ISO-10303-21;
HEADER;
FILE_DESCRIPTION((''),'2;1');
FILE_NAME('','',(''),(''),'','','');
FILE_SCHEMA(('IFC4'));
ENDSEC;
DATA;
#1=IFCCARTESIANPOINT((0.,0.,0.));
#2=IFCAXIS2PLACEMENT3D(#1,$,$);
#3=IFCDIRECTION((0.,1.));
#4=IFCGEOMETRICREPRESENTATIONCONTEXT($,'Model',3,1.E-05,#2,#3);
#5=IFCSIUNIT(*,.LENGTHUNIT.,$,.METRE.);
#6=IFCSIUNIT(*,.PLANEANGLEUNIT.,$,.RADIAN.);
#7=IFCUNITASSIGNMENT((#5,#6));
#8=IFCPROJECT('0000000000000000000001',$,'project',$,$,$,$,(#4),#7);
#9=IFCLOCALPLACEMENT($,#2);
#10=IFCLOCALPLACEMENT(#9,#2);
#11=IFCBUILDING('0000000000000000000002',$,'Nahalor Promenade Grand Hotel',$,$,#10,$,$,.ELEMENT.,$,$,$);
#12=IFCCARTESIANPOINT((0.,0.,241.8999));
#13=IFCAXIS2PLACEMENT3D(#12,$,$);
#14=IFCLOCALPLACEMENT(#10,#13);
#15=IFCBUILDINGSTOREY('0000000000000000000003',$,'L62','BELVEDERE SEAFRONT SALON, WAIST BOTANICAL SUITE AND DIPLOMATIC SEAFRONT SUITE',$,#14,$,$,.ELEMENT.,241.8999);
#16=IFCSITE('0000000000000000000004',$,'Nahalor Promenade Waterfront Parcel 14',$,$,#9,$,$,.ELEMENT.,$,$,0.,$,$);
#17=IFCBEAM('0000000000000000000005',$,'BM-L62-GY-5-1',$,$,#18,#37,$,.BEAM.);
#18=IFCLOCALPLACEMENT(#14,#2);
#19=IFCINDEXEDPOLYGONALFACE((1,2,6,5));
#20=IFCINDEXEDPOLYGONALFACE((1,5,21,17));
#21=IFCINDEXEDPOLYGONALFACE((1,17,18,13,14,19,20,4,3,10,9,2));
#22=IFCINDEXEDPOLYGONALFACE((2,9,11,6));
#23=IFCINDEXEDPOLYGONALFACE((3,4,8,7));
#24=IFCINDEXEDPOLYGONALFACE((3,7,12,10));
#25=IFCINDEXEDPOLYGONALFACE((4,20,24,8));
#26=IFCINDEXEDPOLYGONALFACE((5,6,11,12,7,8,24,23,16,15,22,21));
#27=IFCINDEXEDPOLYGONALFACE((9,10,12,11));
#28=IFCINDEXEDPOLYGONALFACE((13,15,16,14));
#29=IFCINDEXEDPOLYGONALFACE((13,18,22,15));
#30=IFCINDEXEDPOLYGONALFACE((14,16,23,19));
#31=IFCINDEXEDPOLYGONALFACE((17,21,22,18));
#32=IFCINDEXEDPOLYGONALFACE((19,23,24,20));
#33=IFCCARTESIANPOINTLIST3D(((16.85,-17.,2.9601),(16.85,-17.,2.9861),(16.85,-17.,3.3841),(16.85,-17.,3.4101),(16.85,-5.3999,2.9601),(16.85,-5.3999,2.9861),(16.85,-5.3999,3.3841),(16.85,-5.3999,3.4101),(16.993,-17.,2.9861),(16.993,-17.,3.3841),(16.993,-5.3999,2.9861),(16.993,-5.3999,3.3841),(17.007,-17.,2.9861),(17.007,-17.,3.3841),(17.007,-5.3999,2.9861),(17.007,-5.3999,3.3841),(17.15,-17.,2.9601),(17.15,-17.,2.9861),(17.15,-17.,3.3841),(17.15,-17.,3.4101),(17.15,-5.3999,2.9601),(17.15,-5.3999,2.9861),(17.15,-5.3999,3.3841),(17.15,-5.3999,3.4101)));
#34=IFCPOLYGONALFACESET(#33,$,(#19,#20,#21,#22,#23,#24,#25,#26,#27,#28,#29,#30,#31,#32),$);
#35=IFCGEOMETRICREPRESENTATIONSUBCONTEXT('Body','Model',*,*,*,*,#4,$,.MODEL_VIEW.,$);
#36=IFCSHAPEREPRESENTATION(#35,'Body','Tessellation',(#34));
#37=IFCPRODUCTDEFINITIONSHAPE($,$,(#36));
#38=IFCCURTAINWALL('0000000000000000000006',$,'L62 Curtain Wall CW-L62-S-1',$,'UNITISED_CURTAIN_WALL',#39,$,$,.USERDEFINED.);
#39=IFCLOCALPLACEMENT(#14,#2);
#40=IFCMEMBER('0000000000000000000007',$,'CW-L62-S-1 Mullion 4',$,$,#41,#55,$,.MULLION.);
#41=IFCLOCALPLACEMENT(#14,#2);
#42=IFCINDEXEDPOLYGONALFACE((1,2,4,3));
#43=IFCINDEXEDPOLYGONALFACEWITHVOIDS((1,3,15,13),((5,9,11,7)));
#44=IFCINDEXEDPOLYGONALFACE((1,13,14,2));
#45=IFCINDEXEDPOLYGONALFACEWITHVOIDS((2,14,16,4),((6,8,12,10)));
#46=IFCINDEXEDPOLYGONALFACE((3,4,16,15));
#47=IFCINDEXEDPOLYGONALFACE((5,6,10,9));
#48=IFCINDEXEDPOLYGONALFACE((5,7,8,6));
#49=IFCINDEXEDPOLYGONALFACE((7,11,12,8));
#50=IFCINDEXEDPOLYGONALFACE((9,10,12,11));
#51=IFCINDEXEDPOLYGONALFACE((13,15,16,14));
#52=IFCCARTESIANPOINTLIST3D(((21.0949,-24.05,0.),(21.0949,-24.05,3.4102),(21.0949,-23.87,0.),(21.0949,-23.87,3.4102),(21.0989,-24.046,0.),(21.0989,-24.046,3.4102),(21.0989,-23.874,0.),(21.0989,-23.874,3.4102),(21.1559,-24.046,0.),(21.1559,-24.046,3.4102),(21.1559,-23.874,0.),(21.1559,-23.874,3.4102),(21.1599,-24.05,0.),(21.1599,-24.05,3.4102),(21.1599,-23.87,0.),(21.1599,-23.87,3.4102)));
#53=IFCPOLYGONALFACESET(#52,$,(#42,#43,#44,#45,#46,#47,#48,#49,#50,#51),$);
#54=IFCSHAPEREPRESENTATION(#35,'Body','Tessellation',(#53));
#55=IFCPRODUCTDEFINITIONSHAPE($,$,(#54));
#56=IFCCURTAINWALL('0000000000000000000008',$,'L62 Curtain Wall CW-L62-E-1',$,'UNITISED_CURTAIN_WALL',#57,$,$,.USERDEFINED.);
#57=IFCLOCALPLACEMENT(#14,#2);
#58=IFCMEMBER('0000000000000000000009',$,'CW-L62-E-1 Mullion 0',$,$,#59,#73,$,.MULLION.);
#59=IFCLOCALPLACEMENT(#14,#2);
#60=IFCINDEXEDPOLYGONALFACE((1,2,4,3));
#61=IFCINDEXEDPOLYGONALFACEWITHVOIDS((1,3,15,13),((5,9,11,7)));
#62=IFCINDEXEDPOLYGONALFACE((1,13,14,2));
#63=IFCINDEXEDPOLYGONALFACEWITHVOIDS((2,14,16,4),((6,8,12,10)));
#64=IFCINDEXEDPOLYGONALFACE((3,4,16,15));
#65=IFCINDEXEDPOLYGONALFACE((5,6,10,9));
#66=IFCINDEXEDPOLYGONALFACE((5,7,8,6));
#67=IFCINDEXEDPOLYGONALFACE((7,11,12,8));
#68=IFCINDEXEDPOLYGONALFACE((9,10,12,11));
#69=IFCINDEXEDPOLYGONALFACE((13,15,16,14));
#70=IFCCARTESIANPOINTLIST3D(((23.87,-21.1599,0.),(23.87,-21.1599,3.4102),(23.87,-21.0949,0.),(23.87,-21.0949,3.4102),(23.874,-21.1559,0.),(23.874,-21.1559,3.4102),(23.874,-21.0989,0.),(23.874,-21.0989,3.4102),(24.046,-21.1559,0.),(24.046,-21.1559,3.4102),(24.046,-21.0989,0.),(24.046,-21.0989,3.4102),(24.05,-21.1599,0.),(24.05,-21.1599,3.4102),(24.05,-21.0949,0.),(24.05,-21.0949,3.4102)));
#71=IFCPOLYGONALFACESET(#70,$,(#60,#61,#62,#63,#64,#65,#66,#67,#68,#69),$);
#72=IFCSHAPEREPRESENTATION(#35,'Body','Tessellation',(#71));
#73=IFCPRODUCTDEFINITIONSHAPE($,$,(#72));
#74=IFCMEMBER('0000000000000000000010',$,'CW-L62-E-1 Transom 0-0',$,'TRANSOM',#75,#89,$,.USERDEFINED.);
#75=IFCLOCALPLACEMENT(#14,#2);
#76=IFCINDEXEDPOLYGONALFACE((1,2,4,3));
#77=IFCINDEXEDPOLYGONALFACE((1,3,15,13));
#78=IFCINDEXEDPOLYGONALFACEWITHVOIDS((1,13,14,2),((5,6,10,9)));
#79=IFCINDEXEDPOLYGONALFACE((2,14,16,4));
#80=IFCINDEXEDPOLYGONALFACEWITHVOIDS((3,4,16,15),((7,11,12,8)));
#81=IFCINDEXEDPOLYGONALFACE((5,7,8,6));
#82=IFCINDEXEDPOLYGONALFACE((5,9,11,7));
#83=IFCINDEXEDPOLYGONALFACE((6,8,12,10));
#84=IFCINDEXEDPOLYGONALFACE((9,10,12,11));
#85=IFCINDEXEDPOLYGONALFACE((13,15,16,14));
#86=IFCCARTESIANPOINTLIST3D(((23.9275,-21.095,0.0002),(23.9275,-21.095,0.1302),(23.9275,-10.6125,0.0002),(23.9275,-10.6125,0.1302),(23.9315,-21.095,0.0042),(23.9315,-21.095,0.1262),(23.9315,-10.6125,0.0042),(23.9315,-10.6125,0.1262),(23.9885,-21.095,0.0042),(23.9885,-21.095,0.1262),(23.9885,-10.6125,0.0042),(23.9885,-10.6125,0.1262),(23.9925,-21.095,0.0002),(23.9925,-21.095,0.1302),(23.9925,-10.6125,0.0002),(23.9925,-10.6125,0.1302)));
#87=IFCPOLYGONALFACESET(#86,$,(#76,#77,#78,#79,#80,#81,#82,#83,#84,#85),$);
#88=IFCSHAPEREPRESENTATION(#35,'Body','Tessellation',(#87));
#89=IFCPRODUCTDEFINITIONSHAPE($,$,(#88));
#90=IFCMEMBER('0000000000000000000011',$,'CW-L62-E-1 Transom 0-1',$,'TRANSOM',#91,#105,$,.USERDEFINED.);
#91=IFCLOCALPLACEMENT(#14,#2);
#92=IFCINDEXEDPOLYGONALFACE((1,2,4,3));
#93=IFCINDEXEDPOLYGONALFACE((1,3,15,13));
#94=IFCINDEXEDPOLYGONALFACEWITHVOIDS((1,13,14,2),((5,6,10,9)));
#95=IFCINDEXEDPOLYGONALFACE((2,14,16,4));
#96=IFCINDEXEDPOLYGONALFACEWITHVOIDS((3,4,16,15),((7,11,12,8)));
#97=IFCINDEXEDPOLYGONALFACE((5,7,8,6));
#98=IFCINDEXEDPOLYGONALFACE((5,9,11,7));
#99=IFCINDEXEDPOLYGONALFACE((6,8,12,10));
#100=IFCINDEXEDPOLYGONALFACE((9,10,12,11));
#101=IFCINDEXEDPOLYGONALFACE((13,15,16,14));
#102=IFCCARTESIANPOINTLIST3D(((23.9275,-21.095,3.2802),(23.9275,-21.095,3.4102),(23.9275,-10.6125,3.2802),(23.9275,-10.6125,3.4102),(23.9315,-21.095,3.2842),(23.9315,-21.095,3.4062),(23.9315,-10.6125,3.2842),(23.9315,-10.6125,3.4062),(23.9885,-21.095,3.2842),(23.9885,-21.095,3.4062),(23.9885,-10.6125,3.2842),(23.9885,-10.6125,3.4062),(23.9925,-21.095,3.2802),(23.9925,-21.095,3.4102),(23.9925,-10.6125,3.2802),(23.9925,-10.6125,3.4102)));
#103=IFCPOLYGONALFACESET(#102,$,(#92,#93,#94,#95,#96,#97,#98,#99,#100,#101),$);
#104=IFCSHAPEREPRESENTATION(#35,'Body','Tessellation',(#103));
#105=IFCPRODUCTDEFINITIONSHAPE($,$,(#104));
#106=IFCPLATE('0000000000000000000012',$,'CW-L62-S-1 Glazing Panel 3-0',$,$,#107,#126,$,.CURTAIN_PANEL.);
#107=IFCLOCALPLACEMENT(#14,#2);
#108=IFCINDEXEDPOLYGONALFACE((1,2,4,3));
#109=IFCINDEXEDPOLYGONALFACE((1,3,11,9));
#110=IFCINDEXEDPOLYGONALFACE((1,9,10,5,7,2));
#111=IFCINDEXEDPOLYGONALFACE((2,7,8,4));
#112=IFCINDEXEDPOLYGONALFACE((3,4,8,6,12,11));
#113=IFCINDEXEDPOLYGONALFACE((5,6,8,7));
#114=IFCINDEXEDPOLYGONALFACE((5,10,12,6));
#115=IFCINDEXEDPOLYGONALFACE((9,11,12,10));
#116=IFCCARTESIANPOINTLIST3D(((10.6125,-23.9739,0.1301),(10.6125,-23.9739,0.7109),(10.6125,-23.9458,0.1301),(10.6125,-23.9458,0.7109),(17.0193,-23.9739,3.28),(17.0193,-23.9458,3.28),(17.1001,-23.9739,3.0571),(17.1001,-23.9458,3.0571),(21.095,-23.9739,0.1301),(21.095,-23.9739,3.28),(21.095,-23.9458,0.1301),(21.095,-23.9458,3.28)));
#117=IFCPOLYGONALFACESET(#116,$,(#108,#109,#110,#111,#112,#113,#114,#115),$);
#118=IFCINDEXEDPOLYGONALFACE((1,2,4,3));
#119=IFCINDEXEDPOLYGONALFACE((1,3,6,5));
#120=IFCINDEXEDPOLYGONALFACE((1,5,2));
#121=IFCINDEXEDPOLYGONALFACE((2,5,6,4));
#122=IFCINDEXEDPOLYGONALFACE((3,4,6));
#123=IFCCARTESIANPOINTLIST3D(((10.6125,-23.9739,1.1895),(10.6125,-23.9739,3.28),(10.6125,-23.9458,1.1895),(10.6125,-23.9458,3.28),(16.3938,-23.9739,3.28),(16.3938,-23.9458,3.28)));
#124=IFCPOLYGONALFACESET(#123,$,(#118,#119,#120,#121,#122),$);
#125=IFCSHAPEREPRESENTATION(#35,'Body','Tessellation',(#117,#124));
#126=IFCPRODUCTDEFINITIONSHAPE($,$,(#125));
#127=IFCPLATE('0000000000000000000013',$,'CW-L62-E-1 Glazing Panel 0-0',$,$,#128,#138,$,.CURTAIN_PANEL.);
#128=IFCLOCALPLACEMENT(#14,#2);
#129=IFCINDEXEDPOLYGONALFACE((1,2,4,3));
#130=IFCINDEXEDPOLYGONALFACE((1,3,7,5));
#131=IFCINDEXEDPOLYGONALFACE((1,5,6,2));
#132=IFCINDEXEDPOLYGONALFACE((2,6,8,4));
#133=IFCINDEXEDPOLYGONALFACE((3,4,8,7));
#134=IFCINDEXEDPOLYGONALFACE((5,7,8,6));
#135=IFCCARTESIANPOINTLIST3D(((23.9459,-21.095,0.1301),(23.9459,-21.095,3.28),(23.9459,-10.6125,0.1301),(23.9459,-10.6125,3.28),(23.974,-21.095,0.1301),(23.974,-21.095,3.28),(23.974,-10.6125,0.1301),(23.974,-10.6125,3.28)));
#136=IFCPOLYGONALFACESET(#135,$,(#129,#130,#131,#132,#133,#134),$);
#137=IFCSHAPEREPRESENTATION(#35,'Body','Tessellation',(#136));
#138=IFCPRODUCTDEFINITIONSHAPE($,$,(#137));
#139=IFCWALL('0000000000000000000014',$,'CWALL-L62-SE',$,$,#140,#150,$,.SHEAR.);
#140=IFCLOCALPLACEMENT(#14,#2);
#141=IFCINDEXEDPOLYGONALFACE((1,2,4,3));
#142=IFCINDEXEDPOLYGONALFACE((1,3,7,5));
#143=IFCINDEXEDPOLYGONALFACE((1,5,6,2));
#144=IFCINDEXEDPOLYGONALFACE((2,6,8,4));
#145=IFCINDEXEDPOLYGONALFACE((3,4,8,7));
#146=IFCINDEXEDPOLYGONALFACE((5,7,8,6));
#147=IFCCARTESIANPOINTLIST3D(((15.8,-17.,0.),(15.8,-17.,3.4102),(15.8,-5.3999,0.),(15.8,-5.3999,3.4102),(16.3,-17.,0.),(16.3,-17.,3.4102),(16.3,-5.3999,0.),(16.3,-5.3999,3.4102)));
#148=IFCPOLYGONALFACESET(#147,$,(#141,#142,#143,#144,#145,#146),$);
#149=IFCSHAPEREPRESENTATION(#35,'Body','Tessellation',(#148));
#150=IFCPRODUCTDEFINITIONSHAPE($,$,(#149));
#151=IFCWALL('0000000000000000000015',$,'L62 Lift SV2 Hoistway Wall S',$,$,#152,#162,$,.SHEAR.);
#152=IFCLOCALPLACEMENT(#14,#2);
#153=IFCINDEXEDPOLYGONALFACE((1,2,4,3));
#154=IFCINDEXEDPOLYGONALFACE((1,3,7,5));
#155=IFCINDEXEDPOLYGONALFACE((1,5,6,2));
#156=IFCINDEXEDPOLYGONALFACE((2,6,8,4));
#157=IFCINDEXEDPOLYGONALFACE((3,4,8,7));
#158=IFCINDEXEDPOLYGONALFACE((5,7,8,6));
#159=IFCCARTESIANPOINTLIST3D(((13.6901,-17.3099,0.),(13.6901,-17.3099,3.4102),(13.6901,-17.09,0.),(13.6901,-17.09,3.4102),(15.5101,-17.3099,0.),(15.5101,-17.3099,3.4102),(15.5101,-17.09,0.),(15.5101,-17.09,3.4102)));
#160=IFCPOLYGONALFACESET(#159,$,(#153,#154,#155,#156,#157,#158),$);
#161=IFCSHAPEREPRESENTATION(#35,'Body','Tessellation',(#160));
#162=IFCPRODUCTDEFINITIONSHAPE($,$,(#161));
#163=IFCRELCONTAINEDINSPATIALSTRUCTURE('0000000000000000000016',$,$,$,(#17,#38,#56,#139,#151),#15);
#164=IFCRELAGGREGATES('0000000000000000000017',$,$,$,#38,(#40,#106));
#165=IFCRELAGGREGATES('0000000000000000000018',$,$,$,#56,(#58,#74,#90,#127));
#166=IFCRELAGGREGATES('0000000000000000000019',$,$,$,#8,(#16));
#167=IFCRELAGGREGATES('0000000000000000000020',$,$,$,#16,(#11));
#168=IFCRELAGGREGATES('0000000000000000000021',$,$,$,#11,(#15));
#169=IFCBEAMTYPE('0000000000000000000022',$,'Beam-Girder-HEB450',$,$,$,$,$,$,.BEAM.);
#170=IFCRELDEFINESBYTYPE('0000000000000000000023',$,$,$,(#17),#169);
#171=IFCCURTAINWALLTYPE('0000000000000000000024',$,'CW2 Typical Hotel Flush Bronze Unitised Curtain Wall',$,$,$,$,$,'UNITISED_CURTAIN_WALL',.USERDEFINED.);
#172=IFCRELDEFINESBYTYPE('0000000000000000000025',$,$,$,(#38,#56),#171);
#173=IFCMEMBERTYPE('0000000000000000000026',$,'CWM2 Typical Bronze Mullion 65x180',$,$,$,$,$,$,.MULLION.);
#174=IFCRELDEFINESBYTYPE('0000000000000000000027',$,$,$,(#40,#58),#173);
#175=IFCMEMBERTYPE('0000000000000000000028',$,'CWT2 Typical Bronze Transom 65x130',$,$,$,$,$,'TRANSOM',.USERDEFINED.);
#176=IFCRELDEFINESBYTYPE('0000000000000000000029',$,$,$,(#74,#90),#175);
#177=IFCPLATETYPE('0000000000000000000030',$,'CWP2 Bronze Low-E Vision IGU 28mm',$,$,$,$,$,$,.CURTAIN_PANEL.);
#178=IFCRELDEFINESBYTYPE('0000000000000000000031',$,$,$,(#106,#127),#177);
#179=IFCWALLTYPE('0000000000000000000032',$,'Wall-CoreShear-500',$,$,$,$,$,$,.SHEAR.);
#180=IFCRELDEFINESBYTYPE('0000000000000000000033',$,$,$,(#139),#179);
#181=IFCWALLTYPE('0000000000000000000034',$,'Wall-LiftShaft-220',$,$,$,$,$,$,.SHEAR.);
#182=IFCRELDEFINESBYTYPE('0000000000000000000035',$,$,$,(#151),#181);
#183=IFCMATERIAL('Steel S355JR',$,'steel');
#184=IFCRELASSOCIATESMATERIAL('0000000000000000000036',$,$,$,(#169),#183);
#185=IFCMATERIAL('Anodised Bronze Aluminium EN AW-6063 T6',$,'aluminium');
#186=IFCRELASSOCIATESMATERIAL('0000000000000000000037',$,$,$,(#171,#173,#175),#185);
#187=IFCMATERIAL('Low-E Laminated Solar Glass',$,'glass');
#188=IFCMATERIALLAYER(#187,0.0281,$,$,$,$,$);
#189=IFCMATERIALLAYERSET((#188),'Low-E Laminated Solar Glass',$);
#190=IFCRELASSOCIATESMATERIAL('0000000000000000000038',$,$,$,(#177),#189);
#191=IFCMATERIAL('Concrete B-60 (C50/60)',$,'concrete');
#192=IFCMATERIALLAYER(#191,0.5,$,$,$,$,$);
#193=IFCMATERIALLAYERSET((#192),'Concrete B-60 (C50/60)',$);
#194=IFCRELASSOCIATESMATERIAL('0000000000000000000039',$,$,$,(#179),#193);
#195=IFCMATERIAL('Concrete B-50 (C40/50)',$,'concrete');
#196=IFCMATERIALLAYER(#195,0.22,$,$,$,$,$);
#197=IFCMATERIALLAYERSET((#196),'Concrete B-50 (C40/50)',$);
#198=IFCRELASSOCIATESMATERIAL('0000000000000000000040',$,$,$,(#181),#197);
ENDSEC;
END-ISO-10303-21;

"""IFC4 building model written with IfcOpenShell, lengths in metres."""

from ifc_helpers import new_model, si_unit, direction, frame, frame_2d, origin, origin_2d, place, context, subcontext, project, spatial, polyline, rectangle, hollow_rectangle, i_section, outline, extrude, source, transform, mapped, material, layer, layer_set, material_profile, profile_set, type_object, element, aggregate, save


model = new_model("IFC4")

# Units and contexts
model_context = context("Model", 3, precision=1e-05, world=origin(), true_north=direction((0.0, 1.0)))
body_context = subcontext(model_context, "Body", "Model", "MODEL_VIEW")
ifc_project = project(units=[si_unit("LENGTHUNIT", "METRE"), si_unit("PLANEANGLEUNIT", "RADIAN")], contexts=[model_context])

# Site, building, storey
site_placement = place(None, origin())
site = spatial("IfcSite", under=ifc_project, at=site_placement, Name="Nahalor Promenade Waterfront Parcel 14", CompositionType="ELEMENT", RefElevation=0.0)
building_placement = place(site_placement, origin())
building = spatial("IfcBuilding", under=site, at=building_placement, Name="Nahalor Promenade Grand Hotel", CompositionType="ELEMENT")
storey_placement = place(building_placement, frame((0.0, 0.0, 241.8999)))
storey = spatial("IfcBuildingStorey", under=building, at=storey_placement, Name="L62", Description="BELVEDERE SEAFRONT SALON, WAIST BOTANICAL SUITE AND DIPLOMATIC SEAFRONT SUITE", CompositionType="ELEMENT", Elevation=241.8999)

# Shared definitions
ifc_material_1 = material(Name="Concrete B-60 (C50/60)", Category="concrete")
ifc_material_2 = material(Name="Steel S355JR", Category="steel")

# Beam
ifc_material_profile_1 = material_profile(ifc_material_2, i_section(OverallWidth=0.3, OverallDepth=0.45, WebThickness=0.014, FlangeThickness=0.026, at=origin_2d()), Name="HEB 450")
ifc_profile_set_1 = profile_set([ifc_material_profile_1], Name="Steel S355JR")
beam_type_1 = type_object("IfcBeamType", Name="Beam-Girder-HEB450", PredefinedType="BEAM", material=ifc_profile_set_1)
shared_shape_1 = source(origin(), body_context, "Body", "SweptSolid", [
    extrude(i_section(OverallWidth=0.3, OverallDepth=0.45, WebThickness=0.014, FlangeThickness=0.026, at=origin_2d()), origin(), (0.0, 0.0, 1.0), 11.6001),
])
beam_1_placement = place(storey_placement, frame((17.0, -17.0, 3.1851), z_axis=(0.0, 1.0, 0.0), x_axis=(-1.0, 0.0, 0.0)))
element("IfcBeam", 1, at=beam_1_placement, inside=storey, type_object=beam_type_1, Name="BM-L62-GY-5-1", PredefinedType="BEAM", context=body_context, shape_type="MappedRepresentation", body=[
    mapped(shared_shape_1, transform((0.0, 0.0, 0.0), scale=1.0)),
])

# Curtain wall, member
ifc_material_3 = material(Name="Anodised Bronze Aluminium EN AW-6063 T6", Category="aluminium")
curtain_wall_type = type_object("IfcCurtainWallType", Name="CW2 Typical Hotel Flush Bronze Unitised Curtain Wall", ElementType="UNITISED_CURTAIN_WALL", PredefinedType="USERDEFINED", material=ifc_material_3)
curtain_wall_1_placement = place(storey_placement, origin())
curtain_wall_1 = element("IfcCurtainWall", 2, at=curtain_wall_1_placement, inside=storey, type_object=curtain_wall_type, Name="L62 Curtain Wall CW-L62-S-1", ObjectType="UNITISED_CURTAIN_WALL", PredefinedType="USERDEFINED")
ifc_material_profile_2 = material_profile(ifc_material_3, hollow_rectangle(XDim=0.065, YDim=0.18, WallThickness=0.004, at=origin_2d()), Name="CWM 65x180x4")
ifc_profile_set_2 = profile_set([ifc_material_profile_2], Name="Anodised Bronze Aluminium EN AW-6063 T6")
member_type_1 = type_object("IfcMemberType", Name="CWM2 Typical Bronze Mullion 65x180", PredefinedType="MULLION", material=ifc_profile_set_2)
shared_shape_2 = source(origin(), body_context, "Body", "SweptSolid", [
    extrude(hollow_rectangle(XDim=0.065, YDim=0.18, WallThickness=0.004, at=origin_2d()), origin(), (0.0, 0.0, 1.0), 3.4102),
])
member_1_placement = place(storey_placement, frame((21.1274, -23.96, 0.0), z_axis=(0.0, 0.0, 1.0), x_axis=(1.0, 0.0, 0.0)))
member_1 = element("IfcMember", 3, at=member_1_placement, type_object=member_type_1, Name="CW-L62-S-1 Mullion 4", PredefinedType="MULLION", context=body_context, shape_type="MappedRepresentation", body=[
    mapped(shared_shape_2, transform((0.0, 0.0, 0.0), scale=1.0)),
])

# Curtain wall, members
curtain_wall_2_placement = place(storey_placement, origin())
curtain_wall_2 = element("IfcCurtainWall", 4, at=curtain_wall_2_placement, inside=storey, type_object=curtain_wall_type, Name="L62 Curtain Wall CW-L62-E-1", ObjectType="UNITISED_CURTAIN_WALL", PredefinedType="USERDEFINED")
member_2_placement = place(storey_placement, frame((23.96, -21.1274, 0.0), z_axis=(0.0, 0.0, 1.0), x_axis=(0.0, 1.0, 0.0)))
member_2 = element("IfcMember", 5, at=member_2_placement, type_object=member_type_1, Name="CW-L62-E-1 Mullion 0", PredefinedType="MULLION", context=body_context, shape_type="MappedRepresentation", body=[
    mapped(shared_shape_2, transform((0.0, 0.0, 0.0), scale=1.0)),
])
ifc_material_profile_3 = material_profile(ifc_material_3, hollow_rectangle(XDim=0.065, YDim=0.13, WallThickness=0.004, at=origin_2d()), Name="CWT 65x130x4")
ifc_profile_set_3 = profile_set([ifc_material_profile_3], Name="Anodised Bronze Aluminium EN AW-6063 T6")
member_type_2 = type_object("IfcMemberType", Name="CWT2 Typical Bronze Transom 65x130", ElementType="TRANSOM", PredefinedType="USERDEFINED", material=ifc_profile_set_3)
shared_shape_3 = source(origin(), body_context, "Body", "SweptSolid", [
    extrude(hollow_rectangle(XDim=0.065, YDim=0.13, WallThickness=0.004, at=origin_2d()), origin(), (0.0, 0.0, 1.0), 10.4824),
])
member_3_placement = place(storey_placement, frame((23.96, -21.095, 0.0652), z_axis=(0.0, 1.0, 0.0), x_axis=(-1.0, 0.0, 0.0)))
member_3 = element("IfcMember", 6, at=member_3_placement, type_object=member_type_2, Name="CW-L62-E-1 Transom 0-0", ObjectType="TRANSOM", PredefinedType="USERDEFINED", context=body_context, shape_type="MappedRepresentation", body=[
    mapped(shared_shape_3, transform((0.0, 0.0, 0.0), scale=1.0)),
])
member_4_placement = place(storey_placement, frame((23.96, -21.095, 3.3452), z_axis=(0.0, 1.0, 0.0), x_axis=(-1.0, 0.0, 0.0)))
member_4 = element("IfcMember", 7, at=member_4_placement, type_object=member_type_2, Name="CW-L62-E-1 Transom 0-1", ObjectType="TRANSOM", PredefinedType="USERDEFINED", context=body_context, shape_type="MappedRepresentation", body=[
    mapped(shared_shape_3, transform((0.0, 0.0, 0.0), scale=1.0)),
])

# Plates
ifc_material_4 = material(Name="Low-E Laminated Solar Glass", Category="glass")
ifc_layer_1 = layer(ifc_material_4, 0.0281)
ifc_layer_set_1 = layer_set([ifc_layer_1], Name="Low-E Laminated Solar Glass")
plate_type = type_object("IfcPlateType", Name="CWP2 Bronze Low-E Vision IGU 28mm", PredefinedType="CURTAIN_PANEL", material=ifc_layer_set_1)
plate_1_placement = place(storey_placement, frame((15.8538, -23.96, 0.1301), z_axis=(0.0, 0.0, 1.0), x_axis=(1.0, 0.0, 0.0)))
plate_1 = element("IfcPlate", 8, at=plate_1_placement, type_object=plate_type, Name="CW-L62-S-1 Glazing Panel 3-0", PredefinedType="CURTAIN_PANEL", context=body_context, shape_type="SweptSolid", body=[
    extrude(outline(polyline([(5.2412, 0.0), (5.2412, 3.1499), (1.1655, 3.1499), (1.2463, 2.927), (-5.2412, 0.5808), (-5.2412, 0.0), (5.2412, 0.0)])), frame((0.0, 0.0142, 0.0), z_axis=(0.0, -1.0, 0.0), x_axis=(1.0, 0.0, 0.0)), (0.0, 0.0, 1.0), 0.0281),
    extrude(outline(polyline([(0.54, 3.1499), (-5.2412, 3.1499), (-5.2412, 1.0593), (0.54, 3.1499)])), frame((0.0, 0.0142, 0.0), z_axis=(0.0, -1.0, 0.0), x_axis=(1.0, 0.0, 0.0)), (0.0, 0.0, 1.0), 0.0281),
])
aggregate(curtain_wall_1, [member_1, plate_1])
shared_shape_4 = source(origin(), body_context, "Body", "SweptSolid", [
    extrude(rectangle(XDim=10.4824, YDim=0.0281, at=origin_2d()), origin(), (0.0, 0.0, 1.0), 3.1499),
])
plate_2_placement = place(storey_placement, frame((23.96, -15.8538, 0.1301), z_axis=(0.0, 0.0, 1.0), x_axis=(0.0, 1.0, 0.0)))
plate_2 = element("IfcPlate", 9, at=plate_2_placement, type_object=plate_type, Name="CW-L62-E-1 Glazing Panel 0-0", PredefinedType="CURTAIN_PANEL", context=body_context, shape_type="MappedRepresentation", body=[
    mapped(shared_shape_4, transform((0.0, 0.0, 0.0), scale=1.0)),
])
aggregate(curtain_wall_2, [member_2, member_3, member_4, plate_2])

# Walls
ifc_layer_2 = layer(ifc_material_1, 0.5)
ifc_layer_set_2 = layer_set([ifc_layer_2], Name="Concrete B-60 (C50/60)")
wall_type_1 = type_object("IfcWallType", Name="Wall-CoreShear-500", PredefinedType="SHEAR", material=ifc_layer_set_2)
shared_shape_5 = source(origin(), body_context, "Body", "SweptSolid", [
    extrude(rectangle(XDim=11.6001, YDim=0.5, at=frame_2d((5.8, 0.0))), origin(), (0.0, 0.0, 1.0), 3.4102),
])
wall_1_placement = place(storey_placement, frame((16.05, -17.0, 0.0), z_axis=(0.0, 0.0, 1.0), x_axis=(0.0, 1.0, 0.0)))
element("IfcWall", 10, at=wall_1_placement, inside=storey, type_object=wall_type_1, Name="CWALL-L62-SE", PredefinedType="SHEAR", context=body_context, shape_type="MappedRepresentation", body=[
    mapped(shared_shape_5, transform((0.0, 0.0, 0.0), scale=1.0)),
])
ifc_material_5 = material(Name="Concrete B-50 (C40/50)", Category="concrete")
ifc_layer_3 = layer(ifc_material_5, 0.22)
ifc_layer_set_3 = layer_set([ifc_layer_3], Name="Concrete B-50 (C40/50)")
wall_type_2 = type_object("IfcWallType", Name="Wall-LiftShaft-220", PredefinedType="SHEAR", material=ifc_layer_set_3)
shared_shape_6 = source(origin(), body_context, "Body", "SweptSolid", [
    extrude(rectangle(XDim=1.8201, YDim=0.22, at=frame_2d((0.9102, 0.0))), origin(), (0.0, 0.0, 1.0), 3.4102),
])
wall_2_placement = place(storey_placement, frame((13.6899, -17.2, 0.0), z_axis=(0.0, 0.0, 1.0), x_axis=(1.0, 0.0, 0.0)))
element("IfcWall", 11, at=wall_2_placement, inside=storey, type_object=wall_type_2, Name="L62 Lift SV2 Hoistway Wall S", PredefinedType="SHEAR", context=body_context, shape_type="MappedRepresentation", body=[
    mapped(shared_shape_6, transform((0.0, 0.0, 0.0), scale=1.0)),
])

save(model, "model.ifc")
